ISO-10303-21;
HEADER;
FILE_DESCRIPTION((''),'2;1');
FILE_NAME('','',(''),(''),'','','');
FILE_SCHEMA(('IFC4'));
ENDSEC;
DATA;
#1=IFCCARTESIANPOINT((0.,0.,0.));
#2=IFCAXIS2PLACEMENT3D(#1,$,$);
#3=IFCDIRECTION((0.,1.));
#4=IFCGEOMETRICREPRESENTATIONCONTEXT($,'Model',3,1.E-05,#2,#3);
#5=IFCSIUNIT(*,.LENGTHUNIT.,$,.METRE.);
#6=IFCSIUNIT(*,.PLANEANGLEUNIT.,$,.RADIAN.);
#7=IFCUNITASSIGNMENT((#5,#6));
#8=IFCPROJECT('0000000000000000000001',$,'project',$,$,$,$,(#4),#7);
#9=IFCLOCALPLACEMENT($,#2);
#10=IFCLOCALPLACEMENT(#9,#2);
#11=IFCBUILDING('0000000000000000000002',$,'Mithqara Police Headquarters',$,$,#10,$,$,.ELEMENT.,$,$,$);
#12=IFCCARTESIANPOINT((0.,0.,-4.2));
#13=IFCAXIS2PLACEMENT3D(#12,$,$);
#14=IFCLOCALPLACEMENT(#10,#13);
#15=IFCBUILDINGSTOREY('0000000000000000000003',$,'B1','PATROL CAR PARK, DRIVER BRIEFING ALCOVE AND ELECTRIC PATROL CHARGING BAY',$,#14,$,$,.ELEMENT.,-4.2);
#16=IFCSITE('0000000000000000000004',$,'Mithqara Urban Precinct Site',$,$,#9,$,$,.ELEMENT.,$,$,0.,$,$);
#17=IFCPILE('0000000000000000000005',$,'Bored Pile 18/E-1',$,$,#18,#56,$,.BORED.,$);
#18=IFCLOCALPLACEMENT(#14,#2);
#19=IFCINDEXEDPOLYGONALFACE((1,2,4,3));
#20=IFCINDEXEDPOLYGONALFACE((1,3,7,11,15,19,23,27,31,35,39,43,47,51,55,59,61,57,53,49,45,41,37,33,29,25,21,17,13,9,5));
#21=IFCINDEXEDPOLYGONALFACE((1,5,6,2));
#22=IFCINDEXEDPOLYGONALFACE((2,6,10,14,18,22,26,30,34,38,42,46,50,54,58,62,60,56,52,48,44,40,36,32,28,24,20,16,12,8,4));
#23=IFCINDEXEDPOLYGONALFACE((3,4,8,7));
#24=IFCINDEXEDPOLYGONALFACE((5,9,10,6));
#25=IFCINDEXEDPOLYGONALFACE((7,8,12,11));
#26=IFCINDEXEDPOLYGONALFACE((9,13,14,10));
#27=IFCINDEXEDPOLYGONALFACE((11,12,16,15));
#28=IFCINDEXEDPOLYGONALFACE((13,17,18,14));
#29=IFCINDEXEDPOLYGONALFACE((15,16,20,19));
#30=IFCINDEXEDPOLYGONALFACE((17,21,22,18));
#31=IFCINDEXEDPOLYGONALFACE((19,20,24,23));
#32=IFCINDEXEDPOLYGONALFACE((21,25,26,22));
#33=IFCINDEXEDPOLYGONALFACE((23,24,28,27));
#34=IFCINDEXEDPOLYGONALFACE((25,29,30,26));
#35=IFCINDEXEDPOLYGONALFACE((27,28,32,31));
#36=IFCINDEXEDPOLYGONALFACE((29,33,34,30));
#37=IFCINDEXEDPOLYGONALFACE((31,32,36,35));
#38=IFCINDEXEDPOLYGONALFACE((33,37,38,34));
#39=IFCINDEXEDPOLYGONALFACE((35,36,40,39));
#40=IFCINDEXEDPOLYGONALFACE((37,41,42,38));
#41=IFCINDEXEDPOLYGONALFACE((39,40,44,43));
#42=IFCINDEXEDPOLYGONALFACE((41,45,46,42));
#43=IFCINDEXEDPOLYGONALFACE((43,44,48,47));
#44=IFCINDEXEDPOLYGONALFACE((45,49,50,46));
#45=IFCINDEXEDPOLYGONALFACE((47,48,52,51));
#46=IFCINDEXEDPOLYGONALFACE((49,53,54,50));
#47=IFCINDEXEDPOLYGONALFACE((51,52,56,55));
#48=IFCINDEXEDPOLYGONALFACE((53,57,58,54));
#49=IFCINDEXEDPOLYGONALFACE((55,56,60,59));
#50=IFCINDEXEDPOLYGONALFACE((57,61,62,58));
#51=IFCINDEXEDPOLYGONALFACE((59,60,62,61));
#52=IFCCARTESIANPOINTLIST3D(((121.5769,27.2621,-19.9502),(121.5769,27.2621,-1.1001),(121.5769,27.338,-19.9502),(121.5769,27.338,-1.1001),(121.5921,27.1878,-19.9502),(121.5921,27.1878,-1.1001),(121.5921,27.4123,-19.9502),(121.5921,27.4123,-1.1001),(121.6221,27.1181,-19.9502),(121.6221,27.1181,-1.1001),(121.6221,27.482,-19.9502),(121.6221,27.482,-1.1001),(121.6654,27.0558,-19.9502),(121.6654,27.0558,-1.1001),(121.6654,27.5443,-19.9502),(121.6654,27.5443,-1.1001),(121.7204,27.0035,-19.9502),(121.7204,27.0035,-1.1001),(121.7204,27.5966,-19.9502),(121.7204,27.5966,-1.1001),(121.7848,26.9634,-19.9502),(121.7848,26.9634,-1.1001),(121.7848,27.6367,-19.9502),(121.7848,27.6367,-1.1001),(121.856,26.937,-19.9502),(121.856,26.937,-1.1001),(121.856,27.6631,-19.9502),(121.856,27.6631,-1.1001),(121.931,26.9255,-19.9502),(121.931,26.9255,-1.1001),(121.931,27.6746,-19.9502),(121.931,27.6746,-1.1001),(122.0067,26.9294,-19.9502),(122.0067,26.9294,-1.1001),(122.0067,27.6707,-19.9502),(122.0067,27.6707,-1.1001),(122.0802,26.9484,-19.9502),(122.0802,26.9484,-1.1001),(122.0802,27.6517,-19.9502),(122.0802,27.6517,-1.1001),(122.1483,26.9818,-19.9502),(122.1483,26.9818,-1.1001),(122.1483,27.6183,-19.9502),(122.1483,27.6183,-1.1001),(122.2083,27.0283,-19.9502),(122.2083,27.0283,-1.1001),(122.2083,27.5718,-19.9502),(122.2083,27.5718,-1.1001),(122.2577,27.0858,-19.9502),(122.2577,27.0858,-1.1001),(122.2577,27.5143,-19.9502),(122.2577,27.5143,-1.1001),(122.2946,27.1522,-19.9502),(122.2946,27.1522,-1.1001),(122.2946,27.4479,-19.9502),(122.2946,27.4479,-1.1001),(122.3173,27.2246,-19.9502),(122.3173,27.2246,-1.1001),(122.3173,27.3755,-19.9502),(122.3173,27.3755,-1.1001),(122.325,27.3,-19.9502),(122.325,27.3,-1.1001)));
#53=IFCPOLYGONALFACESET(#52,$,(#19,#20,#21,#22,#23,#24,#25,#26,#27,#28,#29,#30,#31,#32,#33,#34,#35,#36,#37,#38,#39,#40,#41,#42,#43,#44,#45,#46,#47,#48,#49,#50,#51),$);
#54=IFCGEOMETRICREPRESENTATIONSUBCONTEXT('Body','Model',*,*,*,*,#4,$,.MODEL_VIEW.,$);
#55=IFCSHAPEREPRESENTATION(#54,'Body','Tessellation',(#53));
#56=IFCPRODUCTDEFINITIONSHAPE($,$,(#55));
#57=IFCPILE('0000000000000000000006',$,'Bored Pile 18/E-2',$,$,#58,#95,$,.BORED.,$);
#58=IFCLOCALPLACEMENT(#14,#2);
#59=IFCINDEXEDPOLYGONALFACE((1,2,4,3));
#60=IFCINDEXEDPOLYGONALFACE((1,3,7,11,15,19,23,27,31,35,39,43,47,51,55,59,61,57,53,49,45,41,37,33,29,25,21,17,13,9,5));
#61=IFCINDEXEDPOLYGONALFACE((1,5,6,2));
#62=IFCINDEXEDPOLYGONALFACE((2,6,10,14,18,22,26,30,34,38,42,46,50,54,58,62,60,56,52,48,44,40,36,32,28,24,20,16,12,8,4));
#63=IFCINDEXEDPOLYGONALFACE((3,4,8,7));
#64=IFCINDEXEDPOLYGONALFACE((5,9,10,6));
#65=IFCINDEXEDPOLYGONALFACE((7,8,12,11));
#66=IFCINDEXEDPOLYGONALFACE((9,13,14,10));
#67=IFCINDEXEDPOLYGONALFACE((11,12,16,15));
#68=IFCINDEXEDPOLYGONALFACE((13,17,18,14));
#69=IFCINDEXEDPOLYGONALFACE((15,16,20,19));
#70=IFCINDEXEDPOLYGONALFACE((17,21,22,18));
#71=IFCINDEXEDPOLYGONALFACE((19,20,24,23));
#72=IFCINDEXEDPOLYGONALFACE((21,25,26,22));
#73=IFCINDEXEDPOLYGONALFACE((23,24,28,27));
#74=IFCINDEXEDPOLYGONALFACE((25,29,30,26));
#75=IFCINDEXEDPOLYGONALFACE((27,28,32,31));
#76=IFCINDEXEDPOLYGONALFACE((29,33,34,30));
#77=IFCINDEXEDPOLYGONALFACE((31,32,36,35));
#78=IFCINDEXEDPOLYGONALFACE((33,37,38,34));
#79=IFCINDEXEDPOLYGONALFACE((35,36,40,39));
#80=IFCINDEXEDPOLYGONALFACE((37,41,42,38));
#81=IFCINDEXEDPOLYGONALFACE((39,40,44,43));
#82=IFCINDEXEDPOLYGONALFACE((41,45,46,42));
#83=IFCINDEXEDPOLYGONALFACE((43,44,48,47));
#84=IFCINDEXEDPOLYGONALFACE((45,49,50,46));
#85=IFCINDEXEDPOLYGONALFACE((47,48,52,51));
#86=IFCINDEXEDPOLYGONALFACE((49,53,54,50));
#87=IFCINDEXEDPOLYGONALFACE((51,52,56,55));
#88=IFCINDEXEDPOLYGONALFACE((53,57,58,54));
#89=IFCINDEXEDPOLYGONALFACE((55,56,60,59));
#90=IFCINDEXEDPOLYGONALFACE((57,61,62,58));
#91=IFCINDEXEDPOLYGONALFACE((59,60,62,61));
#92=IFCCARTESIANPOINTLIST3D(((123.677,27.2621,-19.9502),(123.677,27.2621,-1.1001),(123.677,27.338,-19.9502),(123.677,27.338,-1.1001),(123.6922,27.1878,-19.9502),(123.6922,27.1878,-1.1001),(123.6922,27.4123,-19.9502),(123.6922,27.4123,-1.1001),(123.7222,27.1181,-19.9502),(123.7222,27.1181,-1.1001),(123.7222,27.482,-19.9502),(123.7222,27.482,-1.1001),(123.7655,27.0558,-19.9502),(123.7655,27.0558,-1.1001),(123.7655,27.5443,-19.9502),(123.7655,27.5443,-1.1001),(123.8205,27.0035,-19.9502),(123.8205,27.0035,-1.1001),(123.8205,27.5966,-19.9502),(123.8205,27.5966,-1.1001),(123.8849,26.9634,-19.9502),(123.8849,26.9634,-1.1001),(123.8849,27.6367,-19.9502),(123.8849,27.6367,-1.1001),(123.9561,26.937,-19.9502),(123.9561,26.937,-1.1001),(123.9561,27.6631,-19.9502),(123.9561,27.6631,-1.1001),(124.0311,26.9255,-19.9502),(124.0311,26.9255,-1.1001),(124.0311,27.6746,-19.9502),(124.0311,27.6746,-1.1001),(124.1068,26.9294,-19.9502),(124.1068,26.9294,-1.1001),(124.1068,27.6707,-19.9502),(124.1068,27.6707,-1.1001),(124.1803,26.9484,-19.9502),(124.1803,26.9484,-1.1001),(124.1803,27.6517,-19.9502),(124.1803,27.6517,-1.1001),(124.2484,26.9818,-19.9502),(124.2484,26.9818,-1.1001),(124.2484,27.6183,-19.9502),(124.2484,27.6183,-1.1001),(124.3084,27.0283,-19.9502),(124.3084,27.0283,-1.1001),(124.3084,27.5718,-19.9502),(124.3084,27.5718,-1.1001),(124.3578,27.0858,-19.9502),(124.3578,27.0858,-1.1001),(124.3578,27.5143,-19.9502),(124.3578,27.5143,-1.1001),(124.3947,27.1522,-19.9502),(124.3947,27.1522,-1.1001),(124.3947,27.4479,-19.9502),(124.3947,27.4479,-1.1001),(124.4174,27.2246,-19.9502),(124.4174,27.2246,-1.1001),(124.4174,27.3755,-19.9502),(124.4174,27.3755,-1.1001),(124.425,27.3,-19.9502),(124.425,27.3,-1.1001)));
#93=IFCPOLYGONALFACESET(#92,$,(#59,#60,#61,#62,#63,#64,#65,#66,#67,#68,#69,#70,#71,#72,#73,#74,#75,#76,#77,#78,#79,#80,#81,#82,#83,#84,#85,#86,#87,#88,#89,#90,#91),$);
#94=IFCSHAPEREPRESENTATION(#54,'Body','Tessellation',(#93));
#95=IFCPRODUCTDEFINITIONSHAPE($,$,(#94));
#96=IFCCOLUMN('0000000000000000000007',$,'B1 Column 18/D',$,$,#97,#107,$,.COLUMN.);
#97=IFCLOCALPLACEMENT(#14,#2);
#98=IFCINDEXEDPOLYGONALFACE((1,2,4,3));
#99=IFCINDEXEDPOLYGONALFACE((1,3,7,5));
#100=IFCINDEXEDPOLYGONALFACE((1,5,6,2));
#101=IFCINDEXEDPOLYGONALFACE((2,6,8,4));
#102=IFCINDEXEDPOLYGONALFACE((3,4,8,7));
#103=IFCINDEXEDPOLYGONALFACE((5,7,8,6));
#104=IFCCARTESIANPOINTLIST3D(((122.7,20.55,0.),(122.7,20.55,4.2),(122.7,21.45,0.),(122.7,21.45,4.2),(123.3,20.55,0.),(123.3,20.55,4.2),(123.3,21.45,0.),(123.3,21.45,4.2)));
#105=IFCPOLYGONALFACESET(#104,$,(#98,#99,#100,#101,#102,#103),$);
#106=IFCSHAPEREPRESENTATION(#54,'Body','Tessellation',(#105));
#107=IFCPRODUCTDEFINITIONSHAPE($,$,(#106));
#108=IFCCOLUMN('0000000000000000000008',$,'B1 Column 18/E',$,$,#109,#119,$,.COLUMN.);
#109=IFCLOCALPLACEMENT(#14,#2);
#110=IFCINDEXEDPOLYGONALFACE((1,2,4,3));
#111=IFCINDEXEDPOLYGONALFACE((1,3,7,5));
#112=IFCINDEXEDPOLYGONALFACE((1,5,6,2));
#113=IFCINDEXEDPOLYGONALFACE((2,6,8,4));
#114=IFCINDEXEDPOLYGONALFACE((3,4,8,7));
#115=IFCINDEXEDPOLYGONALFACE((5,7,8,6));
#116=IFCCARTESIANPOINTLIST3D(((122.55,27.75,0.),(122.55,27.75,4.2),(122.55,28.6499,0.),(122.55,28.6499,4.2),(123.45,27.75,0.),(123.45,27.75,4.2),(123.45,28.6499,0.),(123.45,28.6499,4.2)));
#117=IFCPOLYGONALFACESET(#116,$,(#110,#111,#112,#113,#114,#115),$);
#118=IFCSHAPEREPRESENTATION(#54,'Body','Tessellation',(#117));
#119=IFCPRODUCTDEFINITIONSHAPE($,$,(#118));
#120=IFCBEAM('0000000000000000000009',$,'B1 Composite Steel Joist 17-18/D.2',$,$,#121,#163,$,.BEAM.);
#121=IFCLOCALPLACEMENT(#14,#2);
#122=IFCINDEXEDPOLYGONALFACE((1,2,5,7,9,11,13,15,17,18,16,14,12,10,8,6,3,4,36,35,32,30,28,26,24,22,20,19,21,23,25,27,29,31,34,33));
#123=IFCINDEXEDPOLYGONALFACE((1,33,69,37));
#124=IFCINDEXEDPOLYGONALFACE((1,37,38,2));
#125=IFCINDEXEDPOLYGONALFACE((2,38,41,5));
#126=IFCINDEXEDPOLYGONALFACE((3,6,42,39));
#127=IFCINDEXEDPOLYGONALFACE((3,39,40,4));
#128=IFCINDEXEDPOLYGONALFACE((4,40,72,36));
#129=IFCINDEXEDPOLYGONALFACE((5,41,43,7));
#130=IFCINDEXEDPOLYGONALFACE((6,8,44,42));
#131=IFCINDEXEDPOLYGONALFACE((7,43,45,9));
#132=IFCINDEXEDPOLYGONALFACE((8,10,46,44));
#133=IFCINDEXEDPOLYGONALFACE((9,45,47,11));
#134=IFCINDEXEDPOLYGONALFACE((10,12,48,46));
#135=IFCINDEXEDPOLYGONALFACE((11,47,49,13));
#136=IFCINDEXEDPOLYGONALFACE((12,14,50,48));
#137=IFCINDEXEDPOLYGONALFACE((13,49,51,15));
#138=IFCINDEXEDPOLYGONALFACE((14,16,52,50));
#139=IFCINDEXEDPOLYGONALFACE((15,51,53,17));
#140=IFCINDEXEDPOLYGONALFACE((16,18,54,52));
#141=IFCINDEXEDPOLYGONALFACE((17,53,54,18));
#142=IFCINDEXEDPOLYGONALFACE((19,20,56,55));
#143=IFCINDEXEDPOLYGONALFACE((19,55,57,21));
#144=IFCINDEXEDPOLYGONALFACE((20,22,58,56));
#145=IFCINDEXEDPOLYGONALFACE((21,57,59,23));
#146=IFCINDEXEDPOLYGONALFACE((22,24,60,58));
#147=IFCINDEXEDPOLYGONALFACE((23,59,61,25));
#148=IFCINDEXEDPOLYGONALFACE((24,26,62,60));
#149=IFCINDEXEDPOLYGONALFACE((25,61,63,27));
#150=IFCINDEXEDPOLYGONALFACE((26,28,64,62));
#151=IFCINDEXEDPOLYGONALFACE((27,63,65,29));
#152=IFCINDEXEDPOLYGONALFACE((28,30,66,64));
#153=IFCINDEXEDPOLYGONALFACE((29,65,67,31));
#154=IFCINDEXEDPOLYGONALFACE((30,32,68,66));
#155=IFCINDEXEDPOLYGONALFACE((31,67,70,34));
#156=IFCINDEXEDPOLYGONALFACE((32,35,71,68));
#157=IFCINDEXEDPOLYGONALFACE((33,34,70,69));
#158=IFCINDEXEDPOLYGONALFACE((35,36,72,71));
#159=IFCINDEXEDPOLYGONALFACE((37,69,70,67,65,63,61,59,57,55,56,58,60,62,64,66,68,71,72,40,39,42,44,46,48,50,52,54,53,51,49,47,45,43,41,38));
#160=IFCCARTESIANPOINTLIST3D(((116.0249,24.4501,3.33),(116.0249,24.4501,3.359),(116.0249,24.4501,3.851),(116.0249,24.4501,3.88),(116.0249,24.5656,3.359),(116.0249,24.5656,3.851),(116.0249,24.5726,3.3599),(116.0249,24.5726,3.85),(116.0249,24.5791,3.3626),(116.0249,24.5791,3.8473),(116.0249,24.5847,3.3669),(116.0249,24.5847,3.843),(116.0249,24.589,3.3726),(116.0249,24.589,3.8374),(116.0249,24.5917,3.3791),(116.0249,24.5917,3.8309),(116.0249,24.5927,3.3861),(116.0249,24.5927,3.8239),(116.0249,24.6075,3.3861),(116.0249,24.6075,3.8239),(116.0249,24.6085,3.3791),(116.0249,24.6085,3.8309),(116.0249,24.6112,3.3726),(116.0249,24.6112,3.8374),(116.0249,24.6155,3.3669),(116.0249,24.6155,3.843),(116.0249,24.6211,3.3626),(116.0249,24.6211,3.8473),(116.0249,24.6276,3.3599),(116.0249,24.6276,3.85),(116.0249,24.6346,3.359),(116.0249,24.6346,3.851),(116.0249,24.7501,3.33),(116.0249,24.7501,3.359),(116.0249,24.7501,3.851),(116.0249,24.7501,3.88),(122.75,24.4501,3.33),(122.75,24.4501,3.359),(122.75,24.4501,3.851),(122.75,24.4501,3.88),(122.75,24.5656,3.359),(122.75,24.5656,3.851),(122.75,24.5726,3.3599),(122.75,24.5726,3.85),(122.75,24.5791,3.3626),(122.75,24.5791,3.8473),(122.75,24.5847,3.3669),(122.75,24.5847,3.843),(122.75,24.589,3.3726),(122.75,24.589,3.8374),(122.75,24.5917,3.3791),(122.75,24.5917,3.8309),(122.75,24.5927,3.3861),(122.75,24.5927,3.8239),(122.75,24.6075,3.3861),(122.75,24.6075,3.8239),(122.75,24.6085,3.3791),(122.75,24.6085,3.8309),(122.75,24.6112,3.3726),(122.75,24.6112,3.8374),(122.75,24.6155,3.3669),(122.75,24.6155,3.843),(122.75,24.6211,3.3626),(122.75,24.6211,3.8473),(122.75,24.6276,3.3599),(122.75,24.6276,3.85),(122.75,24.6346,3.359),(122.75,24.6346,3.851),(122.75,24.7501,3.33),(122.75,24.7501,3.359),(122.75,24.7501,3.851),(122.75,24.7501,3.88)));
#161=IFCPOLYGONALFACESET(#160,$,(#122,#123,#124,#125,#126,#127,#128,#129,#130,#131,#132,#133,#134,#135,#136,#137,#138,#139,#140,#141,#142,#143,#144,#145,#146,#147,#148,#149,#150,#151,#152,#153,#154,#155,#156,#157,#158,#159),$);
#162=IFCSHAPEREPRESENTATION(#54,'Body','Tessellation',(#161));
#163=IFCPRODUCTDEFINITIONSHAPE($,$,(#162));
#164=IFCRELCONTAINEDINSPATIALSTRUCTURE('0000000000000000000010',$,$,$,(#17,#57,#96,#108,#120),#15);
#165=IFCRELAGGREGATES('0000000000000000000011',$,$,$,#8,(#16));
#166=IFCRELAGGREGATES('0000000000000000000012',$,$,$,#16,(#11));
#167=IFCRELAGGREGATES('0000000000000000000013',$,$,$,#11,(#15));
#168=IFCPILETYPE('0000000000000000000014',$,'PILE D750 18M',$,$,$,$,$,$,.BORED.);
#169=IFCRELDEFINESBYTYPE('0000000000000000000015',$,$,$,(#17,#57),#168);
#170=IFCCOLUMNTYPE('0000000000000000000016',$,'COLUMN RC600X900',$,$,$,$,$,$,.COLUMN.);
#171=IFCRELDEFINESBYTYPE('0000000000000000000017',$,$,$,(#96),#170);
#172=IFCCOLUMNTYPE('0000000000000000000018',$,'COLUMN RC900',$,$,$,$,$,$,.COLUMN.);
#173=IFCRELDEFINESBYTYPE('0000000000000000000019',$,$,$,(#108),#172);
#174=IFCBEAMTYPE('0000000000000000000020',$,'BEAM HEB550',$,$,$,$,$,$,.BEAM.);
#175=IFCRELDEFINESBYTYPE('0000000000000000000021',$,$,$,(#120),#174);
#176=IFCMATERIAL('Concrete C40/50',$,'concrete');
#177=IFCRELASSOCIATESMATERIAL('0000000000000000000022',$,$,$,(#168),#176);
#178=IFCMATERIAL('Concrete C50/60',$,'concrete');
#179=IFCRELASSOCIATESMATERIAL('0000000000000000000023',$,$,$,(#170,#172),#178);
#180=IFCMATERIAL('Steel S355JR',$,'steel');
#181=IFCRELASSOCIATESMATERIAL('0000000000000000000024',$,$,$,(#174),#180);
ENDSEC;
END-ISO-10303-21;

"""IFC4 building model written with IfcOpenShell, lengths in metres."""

from ifc_helpers import new_model, si_unit, direction, frame, origin, origin_2d, place, context, subcontext, project, spatial, rectangle, circle, i_section, extrude, material, material_profile, profile_set, type_object, element, save


model = new_model("IFC4")

# Units and contexts
model_context = context("Model", 3, precision=1e-05, world=origin(), true_north=direction((0.0, 1.0)))
body_context = subcontext(model_context, "Body", "Model", "MODEL_VIEW")
ifc_project = project(units=[si_unit("LENGTHUNIT", "METRE"), si_unit("PLANEANGLEUNIT", "RADIAN")], contexts=[model_context])

# Site, building, storey
site_placement = place(None, origin())
site = spatial("IfcSite", under=ifc_project, at=site_placement, Name="Mithqara Urban Precinct Site", CompositionType="ELEMENT", RefElevation=0.0)
building_placement = place(site_placement, origin())
building = spatial("IfcBuilding", under=site, at=building_placement, Name="Mithqara Police Headquarters", CompositionType="ELEMENT")
storey_placement = place(building_placement, frame((0.0, 0.0, -4.2)))
storey = spatial("IfcBuildingStorey", under=building, at=storey_placement, Name="B1", Description="PATROL CAR PARK, DRIVER BRIEFING ALCOVE AND ELECTRIC PATROL CHARGING BAY", CompositionType="ELEMENT", Elevation=-4.2)

# Shared definitions
ifc_material_1 = material(Name="Concrete C40/50", Category="concrete")

# Piles
ifc_material_profile_1 = material_profile(ifc_material_1, circle(Radius=0.375, at=origin_2d()), Name="PILE D750")
ifc_profile_set_1 = profile_set([ifc_material_profile_1], Name="Concrete C40/50")
pile_type = type_object("IfcPileType", Name="PILE D750 18M", PredefinedType="BORED", material=ifc_profile_set_1)
for number, where, z_axis, x_axis, name in (
    (1, (121.95, 27.3, -1.1001), (0.0, 0.0, -1.0), (1.0, 0.0, 0.0), "Bored Pile 18/E-1"),
    (2, (124.05, 27.3, -1.1001), (0.0, 0.0, -1.0), (1.0, 0.0, 0.0), "Bored Pile 18/E-2"),
):
    element("IfcPile", number, at=place(storey_placement, frame(where, z_axis=z_axis, x_axis=x_axis)), inside=storey, type_object=pile_type, Name=name, PredefinedType="BORED", context=body_context, shape_type="SweptSolid", body=[
        extrude(circle(Radius=0.375, at=origin_2d()), origin(), (0.0, 0.0, 1.0), 18.8501),
    ])

# Columns
ifc_material_2 = material(Name="Concrete C50/60", Category="concrete")
ifc_material_profile_2 = material_profile(ifc_material_2, rectangle(XDim=0.6001, YDim=0.8999, at=origin_2d()), Name="RC 600x900")
ifc_profile_set_2 = profile_set([ifc_material_profile_2], Name="Concrete C50/60")
column_type_1 = type_object("IfcColumnType", Name="COLUMN RC600X900", PredefinedType="COLUMN", material=ifc_profile_set_2)
column_1_placement = place(storey_placement, frame((123.0, 21.0, 0.0), z_axis=(0.0, 0.0, 1.0), x_axis=(1.0, 0.0, 0.0)))
element("IfcColumn", 3, at=column_1_placement, inside=storey, type_object=column_type_1, Name="B1 Column 18/D", PredefinedType="COLUMN", context=body_context, shape_type="SweptSolid", body=[
    extrude(rectangle(XDim=0.6001, YDim=0.8999, at=origin_2d()), origin(), (0.0, 0.0, 1.0), 4.2),
])
ifc_material_profile_3 = material_profile(ifc_material_2, rectangle(XDim=0.8999, YDim=0.8999, at=origin_2d()), Name="RC 900x900")
ifc_profile_set_3 = profile_set([ifc_material_profile_3], Name="Concrete C50/60")
column_type_2 = type_object("IfcColumnType", Name="COLUMN RC900", PredefinedType="COLUMN", material=ifc_profile_set_3)
column_2_placement = place(storey_placement, frame((123.0, 28.2, 0.0), z_axis=(0.0, 0.0, 1.0), x_axis=(1.0, 0.0, 0.0)))
element("IfcColumn", 4, at=column_2_placement, inside=storey, type_object=column_type_2, Name="B1 Column 18/E", PredefinedType="COLUMN", context=body_context, shape_type="SweptSolid", body=[
    extrude(rectangle(XDim=0.8999, YDim=0.8999, at=origin_2d()), origin(), (0.0, 0.0, 1.0), 4.2),
])

# Beam
ifc_material_3 = material(Name="Steel S355JR", Category="steel")
ifc_material_profile_4 = material_profile(ifc_material_3, i_section(OverallWidth=0.3, OverallDepth=0.55, WebThickness=0.0149, FlangeThickness=0.0291, FilletRadius=0.0271, at=origin_2d()), Name="HEB 550")
ifc_profile_set_4 = profile_set([ifc_material_profile_4], Name="Steel S355JR")
beam_type_1 = type_object("IfcBeamType", Name="BEAM HEB550", PredefinedType="BEAM", material=ifc_profile_set_4)
for number, where, z_axis, x_axis, name in (
    (5, (116.0249, 24.6001, 3.605), (1.0, 0.0, 0.0), (0.0, 1.0, 0.0), "B1 Composite Steel Joist 17-18/D.2"),
):
    element("IfcBeam", number, at=place(storey_placement, frame(where, z_axis=z_axis, x_axis=x_axis)), inside=storey, type_object=beam_type_1, Name=name, PredefinedType="BEAM", context=body_context, shape_type="SweptSolid", body=[
        extrude(i_section(OverallWidth=0.3, OverallDepth=0.55, WebThickness=0.0149, FlangeThickness=0.0291, FilletRadius=0.0271, at=origin_2d()), origin(), (0.0, 0.0, 1.0), 6.7251),
    ])

save(model, "model.ifc")
